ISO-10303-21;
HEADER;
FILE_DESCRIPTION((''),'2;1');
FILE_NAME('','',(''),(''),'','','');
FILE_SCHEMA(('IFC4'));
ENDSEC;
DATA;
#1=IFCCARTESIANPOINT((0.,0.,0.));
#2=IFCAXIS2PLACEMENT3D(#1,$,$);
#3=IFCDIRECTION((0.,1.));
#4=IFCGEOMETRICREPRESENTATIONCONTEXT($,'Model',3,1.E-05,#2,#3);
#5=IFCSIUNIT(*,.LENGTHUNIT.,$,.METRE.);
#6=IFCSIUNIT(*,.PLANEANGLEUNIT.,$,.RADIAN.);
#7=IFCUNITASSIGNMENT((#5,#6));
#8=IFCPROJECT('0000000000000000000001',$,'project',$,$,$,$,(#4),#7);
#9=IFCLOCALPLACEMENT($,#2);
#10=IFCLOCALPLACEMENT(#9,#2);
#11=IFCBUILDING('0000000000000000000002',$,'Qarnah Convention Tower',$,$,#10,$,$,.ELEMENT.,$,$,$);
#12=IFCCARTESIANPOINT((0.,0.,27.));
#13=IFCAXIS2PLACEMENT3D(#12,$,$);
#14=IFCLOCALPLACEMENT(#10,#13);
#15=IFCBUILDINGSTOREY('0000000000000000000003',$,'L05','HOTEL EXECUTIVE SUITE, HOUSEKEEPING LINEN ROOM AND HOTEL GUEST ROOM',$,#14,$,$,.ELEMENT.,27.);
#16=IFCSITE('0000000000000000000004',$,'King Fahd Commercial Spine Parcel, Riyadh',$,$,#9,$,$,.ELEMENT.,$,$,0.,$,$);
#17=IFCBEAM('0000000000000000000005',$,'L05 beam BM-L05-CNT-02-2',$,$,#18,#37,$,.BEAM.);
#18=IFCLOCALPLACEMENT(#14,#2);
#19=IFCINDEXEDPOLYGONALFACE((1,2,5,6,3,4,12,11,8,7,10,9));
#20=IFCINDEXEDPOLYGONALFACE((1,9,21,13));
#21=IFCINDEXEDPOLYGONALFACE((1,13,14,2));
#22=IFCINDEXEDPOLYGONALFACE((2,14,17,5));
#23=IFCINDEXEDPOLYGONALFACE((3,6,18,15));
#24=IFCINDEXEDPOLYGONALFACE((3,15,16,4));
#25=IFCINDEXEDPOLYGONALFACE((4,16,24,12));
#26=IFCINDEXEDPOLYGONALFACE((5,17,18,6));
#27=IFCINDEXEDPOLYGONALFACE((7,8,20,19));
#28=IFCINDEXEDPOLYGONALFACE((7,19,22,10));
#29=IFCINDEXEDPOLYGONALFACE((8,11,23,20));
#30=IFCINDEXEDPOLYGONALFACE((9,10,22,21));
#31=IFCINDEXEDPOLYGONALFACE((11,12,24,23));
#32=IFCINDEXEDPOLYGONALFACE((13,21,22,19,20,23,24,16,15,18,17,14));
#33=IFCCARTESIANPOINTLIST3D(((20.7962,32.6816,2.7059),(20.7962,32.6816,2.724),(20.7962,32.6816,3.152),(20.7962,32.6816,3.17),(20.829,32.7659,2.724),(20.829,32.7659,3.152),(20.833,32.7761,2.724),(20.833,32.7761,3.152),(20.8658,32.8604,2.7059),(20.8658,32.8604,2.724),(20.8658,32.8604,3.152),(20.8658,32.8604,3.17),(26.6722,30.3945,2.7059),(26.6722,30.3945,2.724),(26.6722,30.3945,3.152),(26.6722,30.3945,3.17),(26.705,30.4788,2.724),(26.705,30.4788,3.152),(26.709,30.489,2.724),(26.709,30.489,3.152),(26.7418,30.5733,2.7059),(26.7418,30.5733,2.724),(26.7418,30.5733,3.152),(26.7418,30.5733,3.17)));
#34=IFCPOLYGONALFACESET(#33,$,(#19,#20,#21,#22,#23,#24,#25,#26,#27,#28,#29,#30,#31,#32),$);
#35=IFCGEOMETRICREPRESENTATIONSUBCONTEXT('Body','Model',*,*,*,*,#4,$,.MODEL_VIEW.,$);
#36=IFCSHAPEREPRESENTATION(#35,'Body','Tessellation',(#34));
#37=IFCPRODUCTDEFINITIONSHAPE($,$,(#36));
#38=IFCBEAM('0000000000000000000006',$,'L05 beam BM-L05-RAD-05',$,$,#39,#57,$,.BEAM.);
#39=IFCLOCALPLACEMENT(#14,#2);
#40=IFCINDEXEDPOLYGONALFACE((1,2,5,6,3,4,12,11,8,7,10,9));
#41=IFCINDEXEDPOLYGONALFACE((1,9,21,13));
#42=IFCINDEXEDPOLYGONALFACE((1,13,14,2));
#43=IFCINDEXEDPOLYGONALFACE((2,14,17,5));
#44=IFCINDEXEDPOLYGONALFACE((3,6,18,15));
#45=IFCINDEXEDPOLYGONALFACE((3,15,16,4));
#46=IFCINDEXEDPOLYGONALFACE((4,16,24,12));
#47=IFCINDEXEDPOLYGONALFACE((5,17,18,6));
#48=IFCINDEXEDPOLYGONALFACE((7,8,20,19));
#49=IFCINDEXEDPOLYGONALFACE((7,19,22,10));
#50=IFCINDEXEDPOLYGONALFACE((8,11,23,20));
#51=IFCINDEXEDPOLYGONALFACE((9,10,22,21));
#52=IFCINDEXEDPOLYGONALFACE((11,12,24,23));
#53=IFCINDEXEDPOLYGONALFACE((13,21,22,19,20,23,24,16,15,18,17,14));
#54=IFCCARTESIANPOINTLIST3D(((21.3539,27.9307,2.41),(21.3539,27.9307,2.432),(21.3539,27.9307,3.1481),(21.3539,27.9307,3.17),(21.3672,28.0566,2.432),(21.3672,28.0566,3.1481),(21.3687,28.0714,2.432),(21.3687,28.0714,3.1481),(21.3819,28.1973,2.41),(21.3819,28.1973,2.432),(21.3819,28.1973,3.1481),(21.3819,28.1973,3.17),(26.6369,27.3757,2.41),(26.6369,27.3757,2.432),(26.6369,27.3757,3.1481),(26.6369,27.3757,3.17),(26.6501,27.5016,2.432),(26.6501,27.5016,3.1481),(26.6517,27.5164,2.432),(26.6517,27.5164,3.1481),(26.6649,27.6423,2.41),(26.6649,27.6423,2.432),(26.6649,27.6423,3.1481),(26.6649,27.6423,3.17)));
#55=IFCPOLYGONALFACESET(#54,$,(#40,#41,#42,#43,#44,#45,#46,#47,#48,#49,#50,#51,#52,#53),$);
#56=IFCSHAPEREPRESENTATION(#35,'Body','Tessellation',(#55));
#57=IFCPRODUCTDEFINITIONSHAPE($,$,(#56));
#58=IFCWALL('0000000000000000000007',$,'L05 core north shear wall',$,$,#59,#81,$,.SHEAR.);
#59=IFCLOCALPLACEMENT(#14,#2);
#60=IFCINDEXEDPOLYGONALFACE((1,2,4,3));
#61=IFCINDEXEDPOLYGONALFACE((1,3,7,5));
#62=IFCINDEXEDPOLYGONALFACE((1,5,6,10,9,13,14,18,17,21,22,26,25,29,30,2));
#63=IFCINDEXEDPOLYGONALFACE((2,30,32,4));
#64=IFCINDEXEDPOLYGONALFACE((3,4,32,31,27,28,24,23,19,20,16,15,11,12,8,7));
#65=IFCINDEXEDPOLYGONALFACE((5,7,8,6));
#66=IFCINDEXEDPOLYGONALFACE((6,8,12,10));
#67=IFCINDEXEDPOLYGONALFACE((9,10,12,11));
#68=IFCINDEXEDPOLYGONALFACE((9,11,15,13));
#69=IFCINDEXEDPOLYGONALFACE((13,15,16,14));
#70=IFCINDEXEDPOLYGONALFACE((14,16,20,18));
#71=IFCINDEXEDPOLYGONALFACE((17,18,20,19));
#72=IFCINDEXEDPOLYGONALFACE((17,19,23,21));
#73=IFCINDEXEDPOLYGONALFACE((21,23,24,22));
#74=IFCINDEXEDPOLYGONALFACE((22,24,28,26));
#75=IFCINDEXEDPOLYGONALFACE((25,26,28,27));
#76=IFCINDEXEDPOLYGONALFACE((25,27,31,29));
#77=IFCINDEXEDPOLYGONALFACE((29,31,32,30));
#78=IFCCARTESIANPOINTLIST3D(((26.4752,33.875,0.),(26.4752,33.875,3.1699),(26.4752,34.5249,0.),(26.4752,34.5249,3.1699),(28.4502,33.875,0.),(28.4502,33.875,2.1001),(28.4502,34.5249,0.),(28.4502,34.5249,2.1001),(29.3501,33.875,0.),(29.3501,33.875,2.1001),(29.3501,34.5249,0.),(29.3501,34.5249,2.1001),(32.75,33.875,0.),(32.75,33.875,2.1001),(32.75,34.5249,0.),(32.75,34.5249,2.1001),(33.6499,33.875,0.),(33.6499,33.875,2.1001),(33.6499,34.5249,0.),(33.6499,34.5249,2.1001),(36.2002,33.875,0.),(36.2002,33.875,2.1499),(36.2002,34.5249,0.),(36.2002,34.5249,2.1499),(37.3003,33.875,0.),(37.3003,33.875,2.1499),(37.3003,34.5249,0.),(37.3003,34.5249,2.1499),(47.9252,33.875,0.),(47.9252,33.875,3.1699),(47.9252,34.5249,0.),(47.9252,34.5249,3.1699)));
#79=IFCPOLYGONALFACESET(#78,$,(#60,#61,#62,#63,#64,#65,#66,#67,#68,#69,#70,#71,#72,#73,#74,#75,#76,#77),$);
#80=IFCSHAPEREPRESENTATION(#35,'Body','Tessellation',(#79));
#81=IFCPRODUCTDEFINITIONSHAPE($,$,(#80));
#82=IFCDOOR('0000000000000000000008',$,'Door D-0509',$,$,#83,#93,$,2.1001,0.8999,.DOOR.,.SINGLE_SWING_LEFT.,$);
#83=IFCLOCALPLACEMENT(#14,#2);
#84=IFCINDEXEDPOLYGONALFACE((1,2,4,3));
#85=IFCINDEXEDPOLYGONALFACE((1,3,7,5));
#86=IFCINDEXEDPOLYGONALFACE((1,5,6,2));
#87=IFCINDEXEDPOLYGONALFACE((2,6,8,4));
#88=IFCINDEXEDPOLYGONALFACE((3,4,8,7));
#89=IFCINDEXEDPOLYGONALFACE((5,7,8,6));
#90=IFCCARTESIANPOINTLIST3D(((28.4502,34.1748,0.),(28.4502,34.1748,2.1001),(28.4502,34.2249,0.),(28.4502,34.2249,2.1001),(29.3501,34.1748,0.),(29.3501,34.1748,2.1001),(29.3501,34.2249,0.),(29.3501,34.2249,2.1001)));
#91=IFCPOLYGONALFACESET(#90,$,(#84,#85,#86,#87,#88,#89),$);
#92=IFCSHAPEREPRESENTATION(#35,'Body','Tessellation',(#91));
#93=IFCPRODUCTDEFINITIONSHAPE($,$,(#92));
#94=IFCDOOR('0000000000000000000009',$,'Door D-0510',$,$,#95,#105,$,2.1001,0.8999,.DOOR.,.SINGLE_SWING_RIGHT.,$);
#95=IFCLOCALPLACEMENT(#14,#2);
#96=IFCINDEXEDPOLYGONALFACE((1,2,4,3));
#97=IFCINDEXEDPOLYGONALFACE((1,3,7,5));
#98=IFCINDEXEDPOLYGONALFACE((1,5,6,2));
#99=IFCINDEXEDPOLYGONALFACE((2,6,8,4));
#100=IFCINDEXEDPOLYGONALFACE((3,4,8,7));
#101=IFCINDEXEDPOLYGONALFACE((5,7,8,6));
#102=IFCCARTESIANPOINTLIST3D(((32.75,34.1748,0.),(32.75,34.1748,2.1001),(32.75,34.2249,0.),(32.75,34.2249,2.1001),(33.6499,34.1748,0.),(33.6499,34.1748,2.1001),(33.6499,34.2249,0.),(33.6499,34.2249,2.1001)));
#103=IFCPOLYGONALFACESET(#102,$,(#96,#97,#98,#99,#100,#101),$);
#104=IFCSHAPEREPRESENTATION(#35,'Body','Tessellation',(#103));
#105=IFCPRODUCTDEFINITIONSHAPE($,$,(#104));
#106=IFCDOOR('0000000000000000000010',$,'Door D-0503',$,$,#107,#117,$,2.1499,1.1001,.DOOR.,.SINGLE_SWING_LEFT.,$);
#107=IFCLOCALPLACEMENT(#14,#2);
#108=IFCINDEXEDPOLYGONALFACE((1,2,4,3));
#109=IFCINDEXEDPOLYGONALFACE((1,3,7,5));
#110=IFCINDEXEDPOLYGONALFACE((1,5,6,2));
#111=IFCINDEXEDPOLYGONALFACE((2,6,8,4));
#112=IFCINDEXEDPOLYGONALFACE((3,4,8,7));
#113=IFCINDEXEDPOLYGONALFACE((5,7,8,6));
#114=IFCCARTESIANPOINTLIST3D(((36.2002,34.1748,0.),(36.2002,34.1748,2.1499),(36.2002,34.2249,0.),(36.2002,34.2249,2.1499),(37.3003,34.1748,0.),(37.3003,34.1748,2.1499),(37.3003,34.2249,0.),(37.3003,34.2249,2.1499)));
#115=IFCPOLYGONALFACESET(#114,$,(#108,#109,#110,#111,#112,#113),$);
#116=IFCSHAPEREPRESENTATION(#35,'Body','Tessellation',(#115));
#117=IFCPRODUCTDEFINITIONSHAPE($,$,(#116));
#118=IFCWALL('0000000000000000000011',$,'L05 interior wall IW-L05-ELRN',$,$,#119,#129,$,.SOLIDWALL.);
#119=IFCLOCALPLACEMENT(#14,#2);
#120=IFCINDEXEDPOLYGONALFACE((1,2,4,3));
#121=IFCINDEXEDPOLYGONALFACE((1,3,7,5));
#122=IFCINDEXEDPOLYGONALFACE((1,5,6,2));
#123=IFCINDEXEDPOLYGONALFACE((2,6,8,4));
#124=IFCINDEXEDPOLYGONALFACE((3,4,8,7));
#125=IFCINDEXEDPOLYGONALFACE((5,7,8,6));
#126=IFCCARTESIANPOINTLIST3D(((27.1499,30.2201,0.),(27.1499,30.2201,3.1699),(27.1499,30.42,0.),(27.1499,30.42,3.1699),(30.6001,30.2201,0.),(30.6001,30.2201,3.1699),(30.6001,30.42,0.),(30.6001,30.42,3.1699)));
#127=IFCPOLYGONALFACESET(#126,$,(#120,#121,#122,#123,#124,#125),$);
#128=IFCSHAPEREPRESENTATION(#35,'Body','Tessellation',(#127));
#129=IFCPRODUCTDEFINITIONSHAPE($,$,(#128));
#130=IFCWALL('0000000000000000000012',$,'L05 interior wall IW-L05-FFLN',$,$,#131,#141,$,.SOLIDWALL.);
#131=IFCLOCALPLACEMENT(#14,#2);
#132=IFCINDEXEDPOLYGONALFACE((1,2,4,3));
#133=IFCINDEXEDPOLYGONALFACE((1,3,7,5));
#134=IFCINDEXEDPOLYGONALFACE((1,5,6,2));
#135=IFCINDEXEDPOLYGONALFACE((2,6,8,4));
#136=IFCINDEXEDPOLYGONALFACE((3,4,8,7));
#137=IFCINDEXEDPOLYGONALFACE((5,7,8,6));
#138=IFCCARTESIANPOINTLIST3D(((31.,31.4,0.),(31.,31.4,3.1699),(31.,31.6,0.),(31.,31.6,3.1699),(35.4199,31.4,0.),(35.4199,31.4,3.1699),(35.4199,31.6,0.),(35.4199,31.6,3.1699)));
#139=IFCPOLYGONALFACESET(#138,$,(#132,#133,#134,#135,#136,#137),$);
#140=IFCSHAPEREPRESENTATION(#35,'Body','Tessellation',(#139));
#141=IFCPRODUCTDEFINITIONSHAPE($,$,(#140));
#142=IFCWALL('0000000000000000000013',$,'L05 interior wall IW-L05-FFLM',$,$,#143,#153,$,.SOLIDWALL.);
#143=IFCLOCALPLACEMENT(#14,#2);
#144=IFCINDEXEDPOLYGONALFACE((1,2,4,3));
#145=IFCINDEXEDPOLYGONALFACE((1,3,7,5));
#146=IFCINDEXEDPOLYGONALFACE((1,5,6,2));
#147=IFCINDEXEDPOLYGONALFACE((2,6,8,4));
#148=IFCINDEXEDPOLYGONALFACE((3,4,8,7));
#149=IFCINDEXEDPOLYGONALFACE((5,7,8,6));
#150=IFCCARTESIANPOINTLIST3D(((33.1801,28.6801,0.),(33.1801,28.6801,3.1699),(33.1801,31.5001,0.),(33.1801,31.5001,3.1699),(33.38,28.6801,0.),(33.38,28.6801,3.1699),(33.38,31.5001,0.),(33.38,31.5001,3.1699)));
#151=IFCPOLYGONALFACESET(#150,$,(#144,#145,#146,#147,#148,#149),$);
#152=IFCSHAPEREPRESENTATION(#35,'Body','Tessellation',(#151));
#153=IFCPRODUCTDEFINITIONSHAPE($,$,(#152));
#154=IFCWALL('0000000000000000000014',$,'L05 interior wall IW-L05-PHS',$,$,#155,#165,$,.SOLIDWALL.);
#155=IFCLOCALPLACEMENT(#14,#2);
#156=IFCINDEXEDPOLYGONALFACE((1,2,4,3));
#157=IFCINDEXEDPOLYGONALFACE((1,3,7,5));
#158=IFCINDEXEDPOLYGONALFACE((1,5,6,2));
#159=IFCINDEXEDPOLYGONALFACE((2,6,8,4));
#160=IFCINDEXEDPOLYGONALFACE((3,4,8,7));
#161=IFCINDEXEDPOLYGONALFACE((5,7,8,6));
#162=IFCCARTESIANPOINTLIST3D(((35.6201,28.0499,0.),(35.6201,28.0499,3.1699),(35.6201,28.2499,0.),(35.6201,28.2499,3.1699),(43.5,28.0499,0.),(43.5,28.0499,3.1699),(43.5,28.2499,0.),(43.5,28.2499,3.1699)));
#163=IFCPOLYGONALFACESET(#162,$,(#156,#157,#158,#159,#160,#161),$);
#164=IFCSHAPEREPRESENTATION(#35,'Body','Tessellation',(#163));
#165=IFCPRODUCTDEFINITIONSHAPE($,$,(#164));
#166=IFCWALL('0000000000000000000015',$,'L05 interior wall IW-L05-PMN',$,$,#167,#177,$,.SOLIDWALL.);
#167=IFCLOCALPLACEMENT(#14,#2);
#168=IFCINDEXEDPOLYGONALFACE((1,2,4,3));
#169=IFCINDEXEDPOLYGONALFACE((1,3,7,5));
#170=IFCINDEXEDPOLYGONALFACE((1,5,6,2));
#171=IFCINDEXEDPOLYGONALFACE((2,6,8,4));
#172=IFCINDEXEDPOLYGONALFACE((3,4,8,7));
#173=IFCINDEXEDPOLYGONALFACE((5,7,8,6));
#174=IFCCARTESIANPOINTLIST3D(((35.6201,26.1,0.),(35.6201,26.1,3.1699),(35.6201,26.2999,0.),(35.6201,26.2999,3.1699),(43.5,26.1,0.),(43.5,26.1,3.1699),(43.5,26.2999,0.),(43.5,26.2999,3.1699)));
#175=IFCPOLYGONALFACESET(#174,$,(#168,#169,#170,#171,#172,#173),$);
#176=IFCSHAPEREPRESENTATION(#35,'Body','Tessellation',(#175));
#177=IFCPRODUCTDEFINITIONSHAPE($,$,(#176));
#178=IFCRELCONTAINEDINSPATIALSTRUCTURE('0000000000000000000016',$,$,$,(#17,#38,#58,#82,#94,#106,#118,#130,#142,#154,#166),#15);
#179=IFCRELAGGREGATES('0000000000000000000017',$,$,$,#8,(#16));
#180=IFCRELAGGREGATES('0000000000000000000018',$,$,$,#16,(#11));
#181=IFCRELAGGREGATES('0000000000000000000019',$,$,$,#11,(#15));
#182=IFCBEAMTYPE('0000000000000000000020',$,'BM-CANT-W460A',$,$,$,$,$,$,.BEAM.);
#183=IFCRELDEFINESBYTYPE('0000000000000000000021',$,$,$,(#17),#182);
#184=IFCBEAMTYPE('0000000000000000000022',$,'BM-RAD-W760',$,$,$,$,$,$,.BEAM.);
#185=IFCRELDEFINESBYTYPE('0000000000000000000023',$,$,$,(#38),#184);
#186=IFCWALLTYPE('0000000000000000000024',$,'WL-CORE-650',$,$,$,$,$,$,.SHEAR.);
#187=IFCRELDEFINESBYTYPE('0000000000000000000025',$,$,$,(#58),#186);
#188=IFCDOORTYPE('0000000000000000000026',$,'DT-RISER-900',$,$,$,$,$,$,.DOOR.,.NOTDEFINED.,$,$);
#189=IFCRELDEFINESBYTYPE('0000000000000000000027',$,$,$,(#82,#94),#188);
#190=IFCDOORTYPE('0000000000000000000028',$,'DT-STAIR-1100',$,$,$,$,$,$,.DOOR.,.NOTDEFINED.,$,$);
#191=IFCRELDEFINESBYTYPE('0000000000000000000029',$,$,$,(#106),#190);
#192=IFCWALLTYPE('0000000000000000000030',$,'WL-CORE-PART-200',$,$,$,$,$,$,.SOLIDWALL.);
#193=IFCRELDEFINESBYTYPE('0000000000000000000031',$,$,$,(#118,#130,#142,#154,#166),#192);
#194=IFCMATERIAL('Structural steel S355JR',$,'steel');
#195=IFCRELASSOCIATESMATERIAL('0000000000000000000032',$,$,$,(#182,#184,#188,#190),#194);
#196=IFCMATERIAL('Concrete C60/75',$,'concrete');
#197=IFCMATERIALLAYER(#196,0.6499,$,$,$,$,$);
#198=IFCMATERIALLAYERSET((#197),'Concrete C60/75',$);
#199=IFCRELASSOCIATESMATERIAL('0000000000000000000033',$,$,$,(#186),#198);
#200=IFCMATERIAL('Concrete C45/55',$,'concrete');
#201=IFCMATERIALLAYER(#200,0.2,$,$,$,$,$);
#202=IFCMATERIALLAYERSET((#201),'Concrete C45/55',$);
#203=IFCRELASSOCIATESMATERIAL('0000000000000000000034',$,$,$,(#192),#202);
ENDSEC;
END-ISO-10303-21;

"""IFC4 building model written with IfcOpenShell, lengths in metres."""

from ifc_helpers import new_model, si_unit, direction, frame, frame_2d, origin, origin_2d, place, context, subcontext, project, spatial, rectangle, i_section, extrude, material, layer, layer_set, material_profile, profile_set, type_object, element, fill, save


model = new_model("IFC4")

# Units and contexts
model_context = context("Model", 3, precision=1e-05, world=origin(), true_north=direction((0.0, 1.0)))
body_context = subcontext(model_context, "Body", "Model", "MODEL_VIEW")
ifc_project = project(units=[si_unit("LENGTHUNIT", "METRE"), si_unit("PLANEANGLEUNIT", "RADIAN")], contexts=[model_context])

# Site, building, storey
site_placement = place(None, origin())
site = spatial("IfcSite", under=ifc_project, at=site_placement, Name="King Fahd Commercial Spine Parcel, Riyadh", CompositionType="ELEMENT", RefElevation=0.0)
building_placement = place(site_placement, origin())
building = spatial("IfcBuilding", under=site, at=building_placement, Name="Qarnah Convention Tower", CompositionType="ELEMENT")
storey_placement = place(building_placement, frame((0.0, 0.0, 27.0)))
storey = spatial("IfcBuildingStorey", under=building, at=storey_placement, Name="L05", Description="HOTEL EXECUTIVE SUITE, HOUSEKEEPING LINEN ROOM AND HOTEL GUEST ROOM", CompositionType="ELEMENT", Elevation=27.0)

# Beams
ifc_material_1 = material(Name="Structural steel S355JR", Category="steel")
ifc_material_profile_1 = material_profile(ifc_material_1, i_section(OverallWidth=0.1919, OverallDepth=0.4641, WebThickness=0.011, FlangeThickness=0.0181, at=origin_2d()), Name="W460X89")
ifc_profile_set_1 = profile_set([ifc_material_profile_1], Name="Structural steel S355JR")
beam_type_1 = type_object("IfcBeamType", Name="BM-CANT-W460A", PredefinedType="BEAM", material=ifc_profile_set_1)
beam_1_placement = place(storey_placement, frame((26.707, 30.4839, 2.938), z_axis=(-0.931897, 0.362723, 0.0), x_axis=(-0.362723, -0.931897, 0.0)))
element("IfcBeam", 1, at=beam_1_placement, inside=storey, type_object=beam_type_1, Name="L05 beam BM-L05-CNT-02-2", PredefinedType="BEAM", context=body_context, shape_type="SweptSolid", body=[
    extrude(i_section(OverallWidth=0.1919, OverallDepth=0.4641, WebThickness=0.011, FlangeThickness=0.0181, at=origin_2d()), origin(), (0.0, 0.0, 1.0), 6.3054),
])
ifc_material_profile_2 = material_profile(ifc_material_1, i_section(OverallWidth=0.2681, OverallDepth=0.76, WebThickness=0.0149, FlangeThickness=0.022, at=origin_2d()), Name="W760X185")
ifc_profile_set_2 = profile_set([ifc_material_profile_2], Name="Structural steel S355JR")
beam_type_2 = type_object("IfcBeamType", Name="BM-RAD-W760", PredefinedType="BEAM", material=ifc_profile_set_2)
beam_2_placement = place(storey_placement, frame((26.6509, 27.509, 2.79), z_axis=(-0.994528, 0.104467, 0.0), x_axis=(-0.104467, -0.994528, 0.0)))
element("IfcBeam", 2, at=beam_2_placement, inside=storey, type_object=beam_type_2, Name="L05 beam BM-L05-RAD-05", PredefinedType="BEAM", context=body_context, shape_type="SweptSolid", body=[
    extrude(i_section(OverallWidth=0.2681, OverallDepth=0.76, WebThickness=0.0149, FlangeThickness=0.022, at=origin_2d()), origin(), (0.0, 0.0, 1.0), 5.312),
])

# Wall, openings, doors
ifc_material_2 = material(Name="Concrete C60/75", Category="concrete")
ifc_layer_1 = layer(ifc_material_2, 0.6499)
ifc_layer_set_1 = layer_set([ifc_layer_1], Name="Concrete C60/75")
wall_type_1 = type_object("IfcWallType", Name="WL-CORE-650", PredefinedType="SHEAR", material=ifc_layer_set_1)
wall_1_placement = place(storey_placement, frame((26.4751, 34.2, 0.0), z_axis=(0.0, 0.0, 1.0), x_axis=(1.0, 0.0, 0.0)))
wall_1 = element("IfcWall", 3, at=wall_1_placement, inside=storey, type_object=wall_type_1, Name="L05 core north shear wall", PredefinedType="SHEAR", context=body_context, shape_type="SweptSolid", body=[
    extrude(rectangle(XDim=21.45, YDim=0.6499, at=frame_2d((10.7251, 0.0))), origin(), (0.0, 0.0, 1.0), 3.1699),
])
opening_1_placement = place(wall_1_placement, frame((9.7251, 0.0, 0.0)))
opening_1 = element("IfcOpeningElement", 4, at=opening_1_placement, cuts=wall_1, PredefinedType="OPENING", context=body_context, shape_type="SweptSolid", body=[
    extrude(rectangle(XDim=1.1001, YDim=2.1499, at=frame_2d((0.55, 1.075))), frame((0.0, 0.335, 0.0), z_axis=(0.0, -1.0, 0.0), x_axis=(1.0, 0.0, 0.0)), (0.0, 0.0, 1.0), 0.6699),
])
opening_2_placement = place(wall_1_placement, frame((1.9751, 0.0, 0.0)))
opening_2 = element("IfcOpeningElement", 5, at=opening_2_placement, cuts=wall_1, PredefinedType="OPENING", context=body_context, shape_type="SweptSolid", body=[
    extrude(rectangle(XDim=0.8999, YDim=2.1001, at=frame_2d((0.45, 1.05))), frame((0.0, 0.335, 0.0), z_axis=(0.0, -1.0, 0.0), x_axis=(1.0, 0.0, 0.0)), (0.0, 0.0, 1.0), 0.6699),
])
opening_3_placement = place(wall_1_placement, frame((6.2749, 0.0, 0.0)))
opening_3 = element("IfcOpeningElement", 6, at=opening_3_placement, cuts=wall_1, PredefinedType="OPENING", context=body_context, shape_type="SweptSolid", body=[
    extrude(rectangle(XDim=0.8999, YDim=2.1001, at=frame_2d((0.45, 1.05))), frame((0.0, 0.335, 0.0), z_axis=(0.0, -1.0, 0.0), x_axis=(1.0, 0.0, 0.0)), (0.0, 0.0, 1.0), 0.6699),
])
door_type_1 = type_object("IfcDoorType", Name="DT-RISER-900", OperationType="NOTDEFINED", PredefinedType="DOOR", material=ifc_material_1)
door_1_placement = place(opening_2_placement, origin())
door_1 = element("IfcDoor", 7, at=door_1_placement, inside=storey, type_object=door_type_1, Name="Door D-0509", OperationType="SINGLE_SWING_LEFT", OverallHeight=2.1001, OverallWidth=0.8999, PredefinedType="DOOR", context=body_context, shape_type="SweptSolid", body=[
    extrude(rectangle(XDim=0.8999, YDim=2.1001, at=frame_2d((0.45, 1.05))), frame((0.0, 0.0249, 0.0), z_axis=(0.0, -1.0, 0.0), x_axis=(1.0, 0.0, 0.0)), (0.0, 0.0, 1.0), 0.05),
])
fill(opening_2, door_1)
door_2_placement = place(opening_3_placement, origin())
door_2 = element("IfcDoor", 8, at=door_2_placement, inside=storey, type_object=door_type_1, Name="Door D-0510", OperationType="SINGLE_SWING_RIGHT", OverallHeight=2.1001, OverallWidth=0.8999, PredefinedType="DOOR", context=body_context, shape_type="SweptSolid", body=[
    extrude(rectangle(XDim=0.8999, YDim=2.1001, at=frame_2d((0.45, 1.05))), frame((0.0, 0.0249, 0.0), z_axis=(0.0, -1.0, 0.0), x_axis=(1.0, 0.0, 0.0)), (0.0, 0.0, 1.0), 0.05),
])
fill(opening_3, door_2)
door_type_2 = type_object("IfcDoorType", Name="DT-STAIR-1100", OperationType="NOTDEFINED", PredefinedType="DOOR", material=ifc_material_1)
door_3_placement = place(opening_1_placement, origin())
door_3 = element("IfcDoor", 9, at=door_3_placement, inside=storey, type_object=door_type_2, Name="Door D-0503", OperationType="SINGLE_SWING_LEFT", OverallHeight=2.1499, OverallWidth=1.1001, PredefinedType="DOOR", context=body_context, shape_type="SweptSolid", body=[
    extrude(rectangle(XDim=1.1001, YDim=2.1499, at=frame_2d((0.55, 1.075))), frame((0.0, 0.0249, 0.0), z_axis=(0.0, -1.0, 0.0), x_axis=(1.0, 0.0, 0.0)), (0.0, 0.0, 1.0), 0.05),
])
fill(opening_1, door_3)

# Wall
ifc_material_3 = material(Name="Concrete C45/55", Category="concrete")
ifc_layer_2 = layer(ifc_material_3, 0.2)
ifc_layer_set_2 = layer_set([ifc_layer_2], Name="Concrete C45/55")
wall_type_2 = type_object("IfcWallType", Name="WL-CORE-PART-200", PredefinedType="SOLIDWALL", material=ifc_layer_set_2)
wall_2_placement = place(storey_placement, frame((27.1499, 30.3201, 0.0), z_axis=(0.0, 0.0, 1.0), x_axis=(1.0, 0.0, 0.0)))
element("IfcWall", 10, at=wall_2_placement, inside=storey, type_object=wall_type_2, Name="L05 interior wall IW-L05-ELRN", PredefinedType="SOLIDWALL", context=body_context, shape_type="SweptSolid", body=[
    extrude(rectangle(XDim=3.4502, YDim=0.2, at=frame_2d((1.7251, 0.0))), origin(), (0.0, 0.0, 1.0), 3.1699),
])

# Walls
wall_3_placement = place(storey_placement, frame((31.0, 31.5, 0.0), z_axis=(0.0, 0.0, 1.0), x_axis=(1.0, 0.0, 0.0)))
element("IfcWall", 11, at=wall_3_placement, inside=storey, type_object=wall_type_2, Name="L05 interior wall IW-L05-FFLN", PredefinedType="SOLIDWALL", context=body_context, shape_type="SweptSolid", body=[
    extrude(rectangle(XDim=4.4199, YDim=0.2, at=frame_2d((2.21, 0.0))), origin(), (0.0, 0.0, 1.0), 3.1699),
])
wall_4_placement = place(storey_placement, frame((33.28, 28.6799, 0.0), z_axis=(0.0, 0.0, 1.0), x_axis=(0.0, 1.0, 0.0)))
element("IfcWall", 12, at=wall_4_placement, inside=storey, type_object=wall_type_2, Name="L05 interior wall IW-L05-FFLM", PredefinedType="SOLIDWALL", context=body_context, shape_type="SweptSolid", body=[
    extrude(rectangle(XDim=2.8201, YDim=0.2, at=frame_2d((1.4102, 0.0))), origin(), (0.0, 0.0, 1.0), 3.1699),
])
for number, where, z_axis, x_axis, name in (
    (13, (35.6201, 28.1499, 0.0), (0.0, 0.0, 1.0), (1.0, 0.0, 0.0), "L05 interior wall IW-L05-PHS"),
    (14, (35.6201, 26.2, 0.0), (0.0, 0.0, 1.0), (1.0, 0.0, 0.0), "L05 interior wall IW-L05-PMN"),
):
    element("IfcWall", number, at=place(storey_placement, frame(where, z_axis=z_axis, x_axis=x_axis)), inside=storey, type_object=wall_type_2, Name=name, PredefinedType="SOLIDWALL", context=body_context, shape_type="SweptSolid", body=[
        extrude(rectangle(XDim=7.8799, YDim=0.2, at=frame_2d((3.9399, 0.0))), origin(), (0.0, 0.0, 1.0), 3.1699),
    ])

save(model, "model.ifc")
